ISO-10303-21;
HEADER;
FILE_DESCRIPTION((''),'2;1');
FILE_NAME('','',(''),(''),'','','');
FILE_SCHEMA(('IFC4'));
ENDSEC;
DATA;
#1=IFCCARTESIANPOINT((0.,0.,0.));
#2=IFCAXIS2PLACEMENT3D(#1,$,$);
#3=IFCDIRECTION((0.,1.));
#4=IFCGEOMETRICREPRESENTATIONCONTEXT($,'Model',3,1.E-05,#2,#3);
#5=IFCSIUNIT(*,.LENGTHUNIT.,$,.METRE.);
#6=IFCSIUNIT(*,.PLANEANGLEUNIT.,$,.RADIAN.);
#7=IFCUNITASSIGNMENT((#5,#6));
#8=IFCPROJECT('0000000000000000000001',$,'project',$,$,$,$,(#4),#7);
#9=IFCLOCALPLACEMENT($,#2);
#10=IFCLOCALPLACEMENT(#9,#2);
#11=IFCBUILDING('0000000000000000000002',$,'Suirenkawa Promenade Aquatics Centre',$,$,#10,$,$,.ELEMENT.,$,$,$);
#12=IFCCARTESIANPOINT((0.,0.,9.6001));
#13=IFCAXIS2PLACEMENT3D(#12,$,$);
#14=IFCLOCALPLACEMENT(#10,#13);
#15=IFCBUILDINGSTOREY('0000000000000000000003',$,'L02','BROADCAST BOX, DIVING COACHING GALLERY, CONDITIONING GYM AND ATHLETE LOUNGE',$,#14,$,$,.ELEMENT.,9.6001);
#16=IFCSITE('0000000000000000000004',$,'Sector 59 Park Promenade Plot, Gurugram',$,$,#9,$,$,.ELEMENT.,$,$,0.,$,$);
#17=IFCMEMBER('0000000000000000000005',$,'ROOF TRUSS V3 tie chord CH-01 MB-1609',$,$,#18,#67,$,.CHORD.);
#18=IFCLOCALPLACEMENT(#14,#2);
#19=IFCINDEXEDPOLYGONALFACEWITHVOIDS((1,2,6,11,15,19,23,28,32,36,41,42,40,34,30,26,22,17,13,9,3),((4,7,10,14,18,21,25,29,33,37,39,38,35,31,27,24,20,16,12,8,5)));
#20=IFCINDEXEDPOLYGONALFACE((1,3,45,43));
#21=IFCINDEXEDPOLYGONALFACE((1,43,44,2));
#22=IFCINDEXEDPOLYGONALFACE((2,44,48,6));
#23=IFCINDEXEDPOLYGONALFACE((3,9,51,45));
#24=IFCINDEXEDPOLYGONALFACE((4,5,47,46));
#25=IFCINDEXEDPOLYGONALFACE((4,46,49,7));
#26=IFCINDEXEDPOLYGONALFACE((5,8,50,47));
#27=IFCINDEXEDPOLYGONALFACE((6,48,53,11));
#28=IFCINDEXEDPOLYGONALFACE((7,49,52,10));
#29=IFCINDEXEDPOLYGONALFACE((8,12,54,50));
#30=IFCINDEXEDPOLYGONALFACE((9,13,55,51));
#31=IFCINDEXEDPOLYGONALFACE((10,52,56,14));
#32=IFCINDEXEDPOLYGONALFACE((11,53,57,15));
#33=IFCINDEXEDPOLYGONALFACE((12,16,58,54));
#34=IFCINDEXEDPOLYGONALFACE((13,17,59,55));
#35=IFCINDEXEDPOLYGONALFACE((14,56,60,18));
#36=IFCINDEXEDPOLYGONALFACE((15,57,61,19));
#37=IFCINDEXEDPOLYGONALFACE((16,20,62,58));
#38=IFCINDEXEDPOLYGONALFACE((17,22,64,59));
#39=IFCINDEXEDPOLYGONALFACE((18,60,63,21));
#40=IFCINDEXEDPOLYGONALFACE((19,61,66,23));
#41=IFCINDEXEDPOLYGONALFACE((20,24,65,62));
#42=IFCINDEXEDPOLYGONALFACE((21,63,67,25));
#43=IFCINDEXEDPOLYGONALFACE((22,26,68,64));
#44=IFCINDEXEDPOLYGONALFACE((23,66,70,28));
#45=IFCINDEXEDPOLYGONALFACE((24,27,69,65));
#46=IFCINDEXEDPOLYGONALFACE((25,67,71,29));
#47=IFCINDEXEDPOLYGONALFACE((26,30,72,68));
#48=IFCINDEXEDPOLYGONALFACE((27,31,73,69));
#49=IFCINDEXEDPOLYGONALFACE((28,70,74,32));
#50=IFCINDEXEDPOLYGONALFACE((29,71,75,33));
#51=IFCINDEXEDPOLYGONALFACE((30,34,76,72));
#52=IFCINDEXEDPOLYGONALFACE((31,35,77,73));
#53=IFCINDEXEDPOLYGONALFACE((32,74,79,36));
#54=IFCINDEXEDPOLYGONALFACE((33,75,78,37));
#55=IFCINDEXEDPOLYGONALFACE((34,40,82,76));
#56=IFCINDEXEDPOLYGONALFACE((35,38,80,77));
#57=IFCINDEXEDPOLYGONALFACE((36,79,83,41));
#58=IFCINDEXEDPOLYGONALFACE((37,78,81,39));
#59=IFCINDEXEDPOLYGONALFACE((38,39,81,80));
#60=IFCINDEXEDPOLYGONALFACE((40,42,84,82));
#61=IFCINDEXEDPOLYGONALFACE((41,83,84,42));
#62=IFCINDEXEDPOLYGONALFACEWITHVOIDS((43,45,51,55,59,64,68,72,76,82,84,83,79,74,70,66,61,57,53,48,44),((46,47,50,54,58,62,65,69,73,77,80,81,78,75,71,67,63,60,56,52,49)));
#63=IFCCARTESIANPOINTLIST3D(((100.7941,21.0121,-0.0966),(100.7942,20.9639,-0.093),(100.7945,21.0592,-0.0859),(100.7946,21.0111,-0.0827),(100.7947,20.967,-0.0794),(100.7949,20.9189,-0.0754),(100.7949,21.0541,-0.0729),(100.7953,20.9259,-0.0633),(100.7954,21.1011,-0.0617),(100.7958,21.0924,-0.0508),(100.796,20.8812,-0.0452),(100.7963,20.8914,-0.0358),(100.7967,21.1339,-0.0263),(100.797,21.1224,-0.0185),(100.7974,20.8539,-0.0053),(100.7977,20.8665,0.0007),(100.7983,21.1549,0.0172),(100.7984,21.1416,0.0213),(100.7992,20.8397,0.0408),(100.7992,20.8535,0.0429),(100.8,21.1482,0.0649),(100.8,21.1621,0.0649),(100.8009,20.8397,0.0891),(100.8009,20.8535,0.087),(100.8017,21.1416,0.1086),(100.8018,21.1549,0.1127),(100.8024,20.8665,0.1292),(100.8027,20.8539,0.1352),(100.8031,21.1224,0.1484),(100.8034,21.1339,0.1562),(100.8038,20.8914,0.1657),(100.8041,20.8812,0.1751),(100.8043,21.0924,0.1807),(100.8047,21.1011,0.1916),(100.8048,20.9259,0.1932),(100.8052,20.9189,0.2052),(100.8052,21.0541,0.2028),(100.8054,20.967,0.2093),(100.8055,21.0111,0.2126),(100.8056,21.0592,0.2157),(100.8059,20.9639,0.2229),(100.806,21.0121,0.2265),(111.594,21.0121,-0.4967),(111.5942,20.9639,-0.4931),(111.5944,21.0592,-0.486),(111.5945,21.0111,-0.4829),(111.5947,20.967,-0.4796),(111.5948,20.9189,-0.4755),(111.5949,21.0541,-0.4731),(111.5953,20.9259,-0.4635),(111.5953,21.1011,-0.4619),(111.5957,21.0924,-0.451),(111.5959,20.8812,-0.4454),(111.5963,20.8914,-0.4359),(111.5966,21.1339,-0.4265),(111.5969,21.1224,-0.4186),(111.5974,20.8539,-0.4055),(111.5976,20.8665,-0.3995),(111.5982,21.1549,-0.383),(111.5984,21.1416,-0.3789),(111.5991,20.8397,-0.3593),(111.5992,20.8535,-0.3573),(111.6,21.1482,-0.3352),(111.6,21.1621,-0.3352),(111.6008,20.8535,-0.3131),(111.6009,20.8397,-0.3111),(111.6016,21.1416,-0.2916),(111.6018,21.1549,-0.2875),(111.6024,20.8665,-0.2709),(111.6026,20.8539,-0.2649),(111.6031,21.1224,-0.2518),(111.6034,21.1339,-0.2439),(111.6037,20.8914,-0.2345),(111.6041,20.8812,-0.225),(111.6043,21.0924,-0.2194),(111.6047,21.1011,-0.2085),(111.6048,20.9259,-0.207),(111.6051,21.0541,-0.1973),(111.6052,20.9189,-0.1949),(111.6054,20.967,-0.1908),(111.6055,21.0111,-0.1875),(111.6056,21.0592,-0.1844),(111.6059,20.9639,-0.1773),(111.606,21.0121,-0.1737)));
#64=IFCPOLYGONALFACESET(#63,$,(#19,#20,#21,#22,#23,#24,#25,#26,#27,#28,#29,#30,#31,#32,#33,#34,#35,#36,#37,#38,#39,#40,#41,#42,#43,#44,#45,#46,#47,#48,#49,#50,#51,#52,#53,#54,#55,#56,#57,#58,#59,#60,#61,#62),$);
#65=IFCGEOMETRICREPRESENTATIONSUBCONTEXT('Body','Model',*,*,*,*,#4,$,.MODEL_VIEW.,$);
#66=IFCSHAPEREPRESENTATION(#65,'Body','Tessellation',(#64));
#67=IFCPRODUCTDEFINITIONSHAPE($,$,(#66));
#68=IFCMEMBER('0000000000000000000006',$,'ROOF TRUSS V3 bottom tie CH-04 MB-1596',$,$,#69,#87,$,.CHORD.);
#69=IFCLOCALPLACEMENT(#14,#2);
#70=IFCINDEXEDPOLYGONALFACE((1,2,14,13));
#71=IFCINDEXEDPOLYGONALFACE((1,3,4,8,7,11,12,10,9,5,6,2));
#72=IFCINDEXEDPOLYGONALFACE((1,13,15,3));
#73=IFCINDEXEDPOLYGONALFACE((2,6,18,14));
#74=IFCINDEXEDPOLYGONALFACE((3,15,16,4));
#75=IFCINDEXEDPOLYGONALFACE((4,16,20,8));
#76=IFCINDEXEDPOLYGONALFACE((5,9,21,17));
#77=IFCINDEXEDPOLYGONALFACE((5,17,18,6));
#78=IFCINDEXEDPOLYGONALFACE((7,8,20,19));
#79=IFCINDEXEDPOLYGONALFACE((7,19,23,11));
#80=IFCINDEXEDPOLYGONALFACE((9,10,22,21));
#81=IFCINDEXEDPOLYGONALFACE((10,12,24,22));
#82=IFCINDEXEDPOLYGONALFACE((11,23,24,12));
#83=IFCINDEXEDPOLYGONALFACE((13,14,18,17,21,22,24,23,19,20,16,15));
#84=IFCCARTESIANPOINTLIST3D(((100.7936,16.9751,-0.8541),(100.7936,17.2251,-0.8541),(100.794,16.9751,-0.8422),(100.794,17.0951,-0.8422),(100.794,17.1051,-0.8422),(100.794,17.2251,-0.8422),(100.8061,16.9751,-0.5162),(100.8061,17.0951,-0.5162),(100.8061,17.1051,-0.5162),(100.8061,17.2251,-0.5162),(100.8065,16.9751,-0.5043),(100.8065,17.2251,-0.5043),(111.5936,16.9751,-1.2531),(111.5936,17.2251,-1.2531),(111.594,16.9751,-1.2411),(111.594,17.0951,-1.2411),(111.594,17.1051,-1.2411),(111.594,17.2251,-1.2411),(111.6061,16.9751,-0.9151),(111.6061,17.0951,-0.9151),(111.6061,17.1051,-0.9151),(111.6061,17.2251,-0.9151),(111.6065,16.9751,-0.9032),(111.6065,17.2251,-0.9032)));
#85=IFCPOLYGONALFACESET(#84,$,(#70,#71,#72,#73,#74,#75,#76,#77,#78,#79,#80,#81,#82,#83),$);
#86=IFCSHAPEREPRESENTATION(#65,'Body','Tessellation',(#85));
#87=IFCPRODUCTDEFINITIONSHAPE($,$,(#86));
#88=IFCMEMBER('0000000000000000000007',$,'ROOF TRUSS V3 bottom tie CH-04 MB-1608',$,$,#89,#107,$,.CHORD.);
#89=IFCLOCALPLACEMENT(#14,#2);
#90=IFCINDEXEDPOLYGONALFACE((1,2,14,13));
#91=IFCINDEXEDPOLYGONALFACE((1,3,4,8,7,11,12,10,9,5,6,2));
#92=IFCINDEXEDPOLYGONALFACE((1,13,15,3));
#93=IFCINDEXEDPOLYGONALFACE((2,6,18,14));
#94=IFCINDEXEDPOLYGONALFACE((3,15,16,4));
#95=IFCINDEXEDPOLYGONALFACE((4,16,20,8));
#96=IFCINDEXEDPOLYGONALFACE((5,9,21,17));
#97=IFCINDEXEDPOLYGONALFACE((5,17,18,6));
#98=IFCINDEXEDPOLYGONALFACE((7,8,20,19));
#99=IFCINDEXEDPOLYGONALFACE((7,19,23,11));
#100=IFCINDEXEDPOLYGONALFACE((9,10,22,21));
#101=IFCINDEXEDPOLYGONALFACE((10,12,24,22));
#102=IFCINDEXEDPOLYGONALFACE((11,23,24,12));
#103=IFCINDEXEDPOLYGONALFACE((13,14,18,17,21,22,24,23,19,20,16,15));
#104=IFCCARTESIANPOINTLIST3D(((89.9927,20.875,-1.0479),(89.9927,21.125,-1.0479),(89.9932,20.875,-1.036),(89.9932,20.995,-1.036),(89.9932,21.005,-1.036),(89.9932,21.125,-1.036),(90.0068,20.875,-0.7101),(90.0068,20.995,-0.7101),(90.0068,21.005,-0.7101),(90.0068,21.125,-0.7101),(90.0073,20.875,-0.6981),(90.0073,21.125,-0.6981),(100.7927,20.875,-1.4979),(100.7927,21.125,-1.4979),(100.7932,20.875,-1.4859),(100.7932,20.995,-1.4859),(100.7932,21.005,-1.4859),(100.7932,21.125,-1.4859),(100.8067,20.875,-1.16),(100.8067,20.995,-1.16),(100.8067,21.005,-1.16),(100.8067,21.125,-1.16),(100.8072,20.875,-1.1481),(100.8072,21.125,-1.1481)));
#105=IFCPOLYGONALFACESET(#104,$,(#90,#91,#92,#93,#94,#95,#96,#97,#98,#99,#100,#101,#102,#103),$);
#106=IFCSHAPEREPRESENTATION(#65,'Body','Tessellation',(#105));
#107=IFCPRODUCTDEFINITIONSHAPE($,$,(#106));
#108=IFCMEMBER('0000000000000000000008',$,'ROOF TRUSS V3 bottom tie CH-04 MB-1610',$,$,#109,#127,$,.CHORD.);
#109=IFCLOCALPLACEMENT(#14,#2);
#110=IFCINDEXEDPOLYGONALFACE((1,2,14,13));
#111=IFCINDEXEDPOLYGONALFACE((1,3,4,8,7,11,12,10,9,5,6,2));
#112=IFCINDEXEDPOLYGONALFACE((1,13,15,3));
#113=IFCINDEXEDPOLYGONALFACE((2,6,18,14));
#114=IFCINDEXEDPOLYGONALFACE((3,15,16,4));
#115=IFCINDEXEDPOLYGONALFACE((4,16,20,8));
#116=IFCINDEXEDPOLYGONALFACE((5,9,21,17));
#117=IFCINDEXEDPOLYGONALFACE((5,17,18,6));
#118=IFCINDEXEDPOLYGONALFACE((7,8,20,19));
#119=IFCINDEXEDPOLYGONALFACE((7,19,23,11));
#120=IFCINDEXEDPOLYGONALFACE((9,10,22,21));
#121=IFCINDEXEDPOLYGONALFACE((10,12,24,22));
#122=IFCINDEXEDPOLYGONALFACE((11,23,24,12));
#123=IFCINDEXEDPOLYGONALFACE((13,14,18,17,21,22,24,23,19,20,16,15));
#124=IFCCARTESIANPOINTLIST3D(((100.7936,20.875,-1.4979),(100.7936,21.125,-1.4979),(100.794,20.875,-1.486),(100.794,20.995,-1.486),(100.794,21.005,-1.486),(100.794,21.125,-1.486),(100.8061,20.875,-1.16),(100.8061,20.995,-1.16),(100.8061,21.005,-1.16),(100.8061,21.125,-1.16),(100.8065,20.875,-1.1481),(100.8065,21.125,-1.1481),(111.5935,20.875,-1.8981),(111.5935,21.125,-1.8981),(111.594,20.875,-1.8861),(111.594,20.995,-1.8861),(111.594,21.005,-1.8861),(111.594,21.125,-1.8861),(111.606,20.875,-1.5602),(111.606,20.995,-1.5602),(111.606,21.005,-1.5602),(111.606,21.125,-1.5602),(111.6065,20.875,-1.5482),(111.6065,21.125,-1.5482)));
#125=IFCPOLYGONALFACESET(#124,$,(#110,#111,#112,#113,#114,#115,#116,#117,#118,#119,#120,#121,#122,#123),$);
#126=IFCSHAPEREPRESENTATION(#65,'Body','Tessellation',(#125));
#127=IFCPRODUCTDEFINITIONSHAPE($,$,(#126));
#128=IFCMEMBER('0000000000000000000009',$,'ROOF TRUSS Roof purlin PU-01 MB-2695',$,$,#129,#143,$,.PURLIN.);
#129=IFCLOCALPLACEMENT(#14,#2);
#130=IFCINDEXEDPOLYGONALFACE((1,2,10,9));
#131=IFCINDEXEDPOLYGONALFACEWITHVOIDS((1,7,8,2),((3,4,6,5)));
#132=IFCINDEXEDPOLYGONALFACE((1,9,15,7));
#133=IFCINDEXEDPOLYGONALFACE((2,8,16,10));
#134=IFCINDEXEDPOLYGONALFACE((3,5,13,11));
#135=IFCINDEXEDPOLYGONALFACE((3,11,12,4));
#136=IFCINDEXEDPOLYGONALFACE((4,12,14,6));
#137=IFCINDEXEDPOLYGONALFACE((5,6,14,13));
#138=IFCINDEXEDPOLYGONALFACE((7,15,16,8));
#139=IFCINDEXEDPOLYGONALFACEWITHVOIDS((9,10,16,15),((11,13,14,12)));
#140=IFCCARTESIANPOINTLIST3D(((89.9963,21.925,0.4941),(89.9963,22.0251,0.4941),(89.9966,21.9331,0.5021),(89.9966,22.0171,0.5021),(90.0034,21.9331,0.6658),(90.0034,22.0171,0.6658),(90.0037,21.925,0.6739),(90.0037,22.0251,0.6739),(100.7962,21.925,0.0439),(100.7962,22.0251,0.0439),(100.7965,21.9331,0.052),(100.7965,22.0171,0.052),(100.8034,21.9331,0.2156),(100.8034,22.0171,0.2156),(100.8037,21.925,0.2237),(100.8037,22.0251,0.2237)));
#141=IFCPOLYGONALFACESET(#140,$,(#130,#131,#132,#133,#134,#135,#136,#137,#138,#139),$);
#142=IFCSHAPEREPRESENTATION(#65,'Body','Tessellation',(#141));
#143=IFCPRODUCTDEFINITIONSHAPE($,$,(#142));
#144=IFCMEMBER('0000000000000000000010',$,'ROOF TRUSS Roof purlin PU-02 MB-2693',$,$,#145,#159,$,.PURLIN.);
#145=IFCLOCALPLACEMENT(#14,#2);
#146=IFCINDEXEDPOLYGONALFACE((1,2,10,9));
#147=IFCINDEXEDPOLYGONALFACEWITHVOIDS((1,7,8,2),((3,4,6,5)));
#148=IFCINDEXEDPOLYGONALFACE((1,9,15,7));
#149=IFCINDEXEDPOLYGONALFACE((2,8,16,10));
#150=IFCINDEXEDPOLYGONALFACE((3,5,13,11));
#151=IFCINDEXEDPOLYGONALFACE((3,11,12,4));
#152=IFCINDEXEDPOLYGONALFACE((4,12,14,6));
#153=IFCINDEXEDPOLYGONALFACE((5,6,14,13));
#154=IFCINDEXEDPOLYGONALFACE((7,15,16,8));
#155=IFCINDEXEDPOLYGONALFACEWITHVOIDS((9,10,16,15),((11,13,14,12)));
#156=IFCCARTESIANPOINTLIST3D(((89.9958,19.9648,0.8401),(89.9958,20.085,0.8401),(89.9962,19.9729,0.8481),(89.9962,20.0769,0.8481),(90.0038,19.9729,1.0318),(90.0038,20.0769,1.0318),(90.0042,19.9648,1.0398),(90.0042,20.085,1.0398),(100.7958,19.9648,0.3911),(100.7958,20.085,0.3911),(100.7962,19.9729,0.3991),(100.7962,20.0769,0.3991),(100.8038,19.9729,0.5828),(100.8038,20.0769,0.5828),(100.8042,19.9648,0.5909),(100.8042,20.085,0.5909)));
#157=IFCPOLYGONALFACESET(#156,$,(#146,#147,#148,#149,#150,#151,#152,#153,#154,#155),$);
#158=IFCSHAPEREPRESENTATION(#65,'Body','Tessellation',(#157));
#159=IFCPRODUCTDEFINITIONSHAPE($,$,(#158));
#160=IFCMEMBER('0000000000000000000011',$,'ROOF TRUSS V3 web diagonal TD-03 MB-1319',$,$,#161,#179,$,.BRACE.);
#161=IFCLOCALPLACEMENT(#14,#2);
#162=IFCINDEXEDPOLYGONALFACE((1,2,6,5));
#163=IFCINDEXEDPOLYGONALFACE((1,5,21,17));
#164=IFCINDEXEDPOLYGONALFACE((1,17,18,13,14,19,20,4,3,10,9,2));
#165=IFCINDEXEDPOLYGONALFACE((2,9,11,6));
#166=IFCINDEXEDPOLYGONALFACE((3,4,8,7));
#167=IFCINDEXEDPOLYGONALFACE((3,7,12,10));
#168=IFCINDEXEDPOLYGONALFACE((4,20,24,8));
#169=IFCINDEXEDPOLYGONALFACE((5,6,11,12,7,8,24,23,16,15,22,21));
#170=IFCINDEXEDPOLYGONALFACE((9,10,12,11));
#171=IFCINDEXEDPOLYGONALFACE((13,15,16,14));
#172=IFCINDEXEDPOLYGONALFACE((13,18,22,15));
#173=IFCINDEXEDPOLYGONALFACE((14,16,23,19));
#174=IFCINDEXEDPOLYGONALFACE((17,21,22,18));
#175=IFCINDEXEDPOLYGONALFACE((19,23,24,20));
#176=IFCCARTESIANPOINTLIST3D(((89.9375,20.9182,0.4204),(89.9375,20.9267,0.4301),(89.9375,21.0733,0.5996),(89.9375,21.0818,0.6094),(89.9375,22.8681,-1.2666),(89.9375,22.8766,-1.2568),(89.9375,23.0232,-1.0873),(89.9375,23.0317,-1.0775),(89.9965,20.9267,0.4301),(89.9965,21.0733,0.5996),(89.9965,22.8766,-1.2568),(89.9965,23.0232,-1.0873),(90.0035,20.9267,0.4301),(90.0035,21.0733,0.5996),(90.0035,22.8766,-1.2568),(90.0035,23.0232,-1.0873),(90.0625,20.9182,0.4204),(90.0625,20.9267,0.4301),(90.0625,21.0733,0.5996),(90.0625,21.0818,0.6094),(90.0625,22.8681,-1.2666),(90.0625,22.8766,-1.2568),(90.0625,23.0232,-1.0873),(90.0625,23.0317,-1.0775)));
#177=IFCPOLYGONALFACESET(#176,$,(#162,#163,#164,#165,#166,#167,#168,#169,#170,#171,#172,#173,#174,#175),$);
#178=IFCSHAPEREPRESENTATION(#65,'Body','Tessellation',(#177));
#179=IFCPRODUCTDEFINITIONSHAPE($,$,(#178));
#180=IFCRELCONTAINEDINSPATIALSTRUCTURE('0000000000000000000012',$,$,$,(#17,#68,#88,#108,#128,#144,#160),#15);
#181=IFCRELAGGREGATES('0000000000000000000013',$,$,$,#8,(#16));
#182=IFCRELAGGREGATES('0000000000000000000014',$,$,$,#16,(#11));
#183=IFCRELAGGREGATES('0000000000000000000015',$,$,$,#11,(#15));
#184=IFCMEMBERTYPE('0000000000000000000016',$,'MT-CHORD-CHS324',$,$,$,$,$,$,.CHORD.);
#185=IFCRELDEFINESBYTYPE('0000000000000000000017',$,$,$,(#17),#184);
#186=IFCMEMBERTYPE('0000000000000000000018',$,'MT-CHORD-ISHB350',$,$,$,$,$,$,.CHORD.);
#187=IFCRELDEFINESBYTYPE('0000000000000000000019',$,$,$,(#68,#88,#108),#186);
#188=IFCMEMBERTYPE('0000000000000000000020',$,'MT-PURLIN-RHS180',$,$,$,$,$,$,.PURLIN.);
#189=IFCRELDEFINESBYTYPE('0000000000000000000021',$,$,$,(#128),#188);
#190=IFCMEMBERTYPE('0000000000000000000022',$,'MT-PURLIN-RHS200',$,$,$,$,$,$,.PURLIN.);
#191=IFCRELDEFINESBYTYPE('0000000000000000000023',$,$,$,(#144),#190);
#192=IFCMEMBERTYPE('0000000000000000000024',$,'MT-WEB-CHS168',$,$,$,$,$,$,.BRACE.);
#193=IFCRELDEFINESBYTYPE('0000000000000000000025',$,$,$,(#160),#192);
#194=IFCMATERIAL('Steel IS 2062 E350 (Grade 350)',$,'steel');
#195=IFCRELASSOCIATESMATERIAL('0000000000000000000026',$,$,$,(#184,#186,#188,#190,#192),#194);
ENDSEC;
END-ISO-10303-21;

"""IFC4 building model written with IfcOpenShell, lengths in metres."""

from ifc_helpers import new_model, si_unit, direction, frame, origin, origin_2d, place, context, subcontext, project, spatial, hollow_rectangle, hollow_circle, i_section, extrude, material, material_profile, profile_set, type_object, element, save


model = new_model("IFC4")

# Units and contexts
model_context = context("Model", 3, precision=1e-05, world=origin(), true_north=direction((0.0, 1.0)))
body_context = subcontext(model_context, "Body", "Model", "MODEL_VIEW")
ifc_project = project(units=[si_unit("LENGTHUNIT", "METRE"), si_unit("PLANEANGLEUNIT", "RADIAN")], contexts=[model_context])

# Site, building, storey
site_placement = place(None, origin())
site = spatial("IfcSite", under=ifc_project, at=site_placement, Name="Sector 59 Park Promenade Plot, Gurugram", CompositionType="ELEMENT", RefElevation=0.0)
building_placement = place(site_placement, origin())
building = spatial("IfcBuilding", under=site, at=building_placement, Name="Suirenkawa Promenade Aquatics Centre", CompositionType="ELEMENT")
storey_placement = place(building_placement, frame((0.0, 0.0, 9.6001)))
storey = spatial("IfcBuildingStorey", under=building, at=storey_placement, Name="L02", Description="BROADCAST BOX, DIVING COACHING GALLERY, CONDITIONING GYM AND ATHLETE LOUNGE", CompositionType="ELEMENT", Elevation=9.6001)

# Shared definitions
ifc_material = material(Name="Steel IS 2062 E350 (Grade 350)", Category="steel")

# Members
ifc_material_profile_1 = material_profile(ifc_material, hollow_circle(Radius=0.1621, WallThickness=0.0139, at=origin_2d()), Name="CHS 324x14", Category="steel")
ifc_profile_set_1 = profile_set([ifc_material_profile_1], Name="Steel IS 2062 E350 (Grade 350)")
member_type_1 = type_object("IfcMemberType", Name="MT-CHORD-CHS324", PredefinedType="CHORD", material=ifc_profile_set_1)
member_1_placement = place(storey_placement, frame((100.8, 21.0, 0.0649), z_axis=(0.999314, 0.0, -0.037025), x_axis=(0.0, 1.0, 0.0)))
element("IfcMember", 1, at=member_1_placement, inside=storey, type_object=member_type_1, Name="ROOF TRUSS V3 tie chord CH-01 MB-1609", PredefinedType="CHORD", context=body_context, shape_type="SweptSolid", body=[
    extrude(hollow_circle(Radius=0.1621, WallThickness=0.0139, at=origin_2d()), origin(), (0.0, 0.0, 1.0), 10.8074),
])
ifc_material_profile_2 = material_profile(ifc_material, i_section(OverallWidth=0.25, OverallDepth=0.3501, WebThickness=0.01, FlangeThickness=0.012, at=origin_2d()), Name="ISHB 350", Category="steel")
ifc_profile_set_2 = profile_set([ifc_material_profile_2], Name="Steel IS 2062 E350 (Grade 350)")
member_type_2 = type_object("IfcMemberType", Name="MT-CHORD-ISHB350", PredefinedType="CHORD", material=ifc_profile_set_2)
member_2_placement = place(storey_placement, frame((100.8, 17.1001, -0.6792), z_axis=(0.999319, 0.0, -0.036912), x_axis=(0.0, 1.0, 0.0)))
element("IfcMember", 2, at=member_2_placement, inside=storey, type_object=member_type_2, Name="ROOF TRUSS V3 bottom tie CH-04 MB-1596", PredefinedType="CHORD", context=body_context, shape_type="SweptSolid", body=[
    extrude(i_section(OverallWidth=0.25, OverallDepth=0.3501, WebThickness=0.01, FlangeThickness=0.012, at=origin_2d()), origin(), (0.0, 0.0, 1.0), 10.8074),
])
member_3_placement = place(storey_placement, frame((90.0, 21.0, -0.873), z_axis=(0.999133, 0.0, -0.041626), x_axis=(0.0, 1.0, 0.0)))
element("IfcMember", 3, at=member_3_placement, inside=storey, type_object=member_type_2, Name="ROOF TRUSS V3 bottom tie CH-04 MB-1608", PredefinedType="CHORD", context=body_context, shape_type="SweptSolid", body=[
    extrude(i_section(OverallWidth=0.25, OverallDepth=0.3501, WebThickness=0.01, FlangeThickness=0.012, at=origin_2d()), origin(), (0.0, 0.0, 1.0), 10.8093),
])
member_4_placement = place(storey_placement, frame((100.8, 21.0, -1.323), z_axis=(0.999314, 0.0, -0.037025), x_axis=(0.0, 1.0, 0.0)))
element("IfcMember", 4, at=member_4_placement, inside=storey, type_object=member_type_2, Name="ROOF TRUSS V3 bottom tie CH-04 MB-1610", PredefinedType="CHORD", context=body_context, shape_type="SweptSolid", body=[
    extrude(i_section(OverallWidth=0.25, OverallDepth=0.3501, WebThickness=0.01, FlangeThickness=0.012, at=origin_2d()), origin(), (0.0, 0.0, 1.0), 10.8074),
])
ifc_material_profile_3 = material_profile(ifc_material, hollow_rectangle(XDim=0.1001, YDim=0.1799, WallThickness=0.0081, at=origin_2d()), Name="RHS 180x100x8", Category="steel")
ifc_profile_set_3 = profile_set([ifc_material_profile_3], Name="Steel IS 2062 E350 (Grade 350)")
member_type_3 = type_object("IfcMemberType", Name="MT-PURLIN-RHS180", PredefinedType="PURLIN", material=ifc_profile_set_3)
member_5_placement = place(storey_placement, frame((90.0, 21.9751, 0.584), z_axis=(0.999132, 0.0, -0.041648), x_axis=(0.0, 1.0, 0.0)))
element("IfcMember", 5, at=member_5_placement, inside=storey, type_object=member_type_3, Name="ROOF TRUSS Roof purlin PU-01 MB-2695", PredefinedType="PURLIN", context=body_context, shape_type="SweptSolid", body=[
    extrude(hollow_rectangle(XDim=0.1001, YDim=0.1799, WallThickness=0.0081, at=origin_2d()), origin(), (0.0, 0.0, 1.0), 10.8093),
])
ifc_material_profile_4 = material_profile(ifc_material, hollow_rectangle(XDim=0.1201, YDim=0.2, WallThickness=0.0081, at=origin_2d()), Name="RHS 200x120x8", Category="steel")
ifc_profile_set_4 = profile_set([ifc_material_profile_4], Name="Steel IS 2062 E350 (Grade 350)")
member_type_4 = type_object("IfcMemberType", Name="MT-PURLIN-RHS200", PredefinedType="PURLIN", material=ifc_profile_set_4)
member_6_placement = place(storey_placement, frame((90.0, 20.0249, 0.9399), z_axis=(0.999137, 0.0, -0.041536), x_axis=(0.0, 1.0, 0.0)))
element("IfcMember", 6, at=member_6_placement, inside=storey, type_object=member_type_4, Name="ROOF TRUSS Roof purlin PU-02 MB-2693", PredefinedType="PURLIN", context=body_context, shape_type="SweptSolid", body=[
    extrude(hollow_rectangle(XDim=0.1201, YDim=0.2, WallThickness=0.0081, at=origin_2d()), origin(), (0.0, 0.0, 1.0), 10.8093),
])
ifc_material_profile_5 = material_profile(ifc_material, i_section(OverallWidth=0.125, OverallDepth=0.25, WebThickness=0.0071, FlangeThickness=0.0129, at=origin_2d()), Name="ISMB 250", Category="steel")
ifc_profile_set_5 = profile_set([ifc_material_profile_5], Name="Steel IS 2062 E350 (Grade 350)")
member_type_5 = type_object("IfcMemberType", Name="MT-WEB-CHS168", PredefinedType="BRACE", material=ifc_profile_set_5)
member_7_placement = place(storey_placement, frame((90.0, 21.0, 0.5149), z_axis=(0.0, 0.756254, -0.654278), x_axis=(-1.0, 0.0, 0.0)))
element("IfcMember", 7, at=member_7_placement, inside=storey, type_object=member_type_5, Name="ROOF TRUSS V3 web diagonal TD-03 MB-1319", PredefinedType="BRACE", context=body_context, shape_type="SweptSolid", body=[
    extrude(i_section(OverallWidth=0.125, OverallDepth=0.25, WebThickness=0.0071, FlangeThickness=0.0129, at=origin_2d()), origin(), (0.0, 0.0, 1.0), 2.5784),
])

save(model, "model.ifc")
